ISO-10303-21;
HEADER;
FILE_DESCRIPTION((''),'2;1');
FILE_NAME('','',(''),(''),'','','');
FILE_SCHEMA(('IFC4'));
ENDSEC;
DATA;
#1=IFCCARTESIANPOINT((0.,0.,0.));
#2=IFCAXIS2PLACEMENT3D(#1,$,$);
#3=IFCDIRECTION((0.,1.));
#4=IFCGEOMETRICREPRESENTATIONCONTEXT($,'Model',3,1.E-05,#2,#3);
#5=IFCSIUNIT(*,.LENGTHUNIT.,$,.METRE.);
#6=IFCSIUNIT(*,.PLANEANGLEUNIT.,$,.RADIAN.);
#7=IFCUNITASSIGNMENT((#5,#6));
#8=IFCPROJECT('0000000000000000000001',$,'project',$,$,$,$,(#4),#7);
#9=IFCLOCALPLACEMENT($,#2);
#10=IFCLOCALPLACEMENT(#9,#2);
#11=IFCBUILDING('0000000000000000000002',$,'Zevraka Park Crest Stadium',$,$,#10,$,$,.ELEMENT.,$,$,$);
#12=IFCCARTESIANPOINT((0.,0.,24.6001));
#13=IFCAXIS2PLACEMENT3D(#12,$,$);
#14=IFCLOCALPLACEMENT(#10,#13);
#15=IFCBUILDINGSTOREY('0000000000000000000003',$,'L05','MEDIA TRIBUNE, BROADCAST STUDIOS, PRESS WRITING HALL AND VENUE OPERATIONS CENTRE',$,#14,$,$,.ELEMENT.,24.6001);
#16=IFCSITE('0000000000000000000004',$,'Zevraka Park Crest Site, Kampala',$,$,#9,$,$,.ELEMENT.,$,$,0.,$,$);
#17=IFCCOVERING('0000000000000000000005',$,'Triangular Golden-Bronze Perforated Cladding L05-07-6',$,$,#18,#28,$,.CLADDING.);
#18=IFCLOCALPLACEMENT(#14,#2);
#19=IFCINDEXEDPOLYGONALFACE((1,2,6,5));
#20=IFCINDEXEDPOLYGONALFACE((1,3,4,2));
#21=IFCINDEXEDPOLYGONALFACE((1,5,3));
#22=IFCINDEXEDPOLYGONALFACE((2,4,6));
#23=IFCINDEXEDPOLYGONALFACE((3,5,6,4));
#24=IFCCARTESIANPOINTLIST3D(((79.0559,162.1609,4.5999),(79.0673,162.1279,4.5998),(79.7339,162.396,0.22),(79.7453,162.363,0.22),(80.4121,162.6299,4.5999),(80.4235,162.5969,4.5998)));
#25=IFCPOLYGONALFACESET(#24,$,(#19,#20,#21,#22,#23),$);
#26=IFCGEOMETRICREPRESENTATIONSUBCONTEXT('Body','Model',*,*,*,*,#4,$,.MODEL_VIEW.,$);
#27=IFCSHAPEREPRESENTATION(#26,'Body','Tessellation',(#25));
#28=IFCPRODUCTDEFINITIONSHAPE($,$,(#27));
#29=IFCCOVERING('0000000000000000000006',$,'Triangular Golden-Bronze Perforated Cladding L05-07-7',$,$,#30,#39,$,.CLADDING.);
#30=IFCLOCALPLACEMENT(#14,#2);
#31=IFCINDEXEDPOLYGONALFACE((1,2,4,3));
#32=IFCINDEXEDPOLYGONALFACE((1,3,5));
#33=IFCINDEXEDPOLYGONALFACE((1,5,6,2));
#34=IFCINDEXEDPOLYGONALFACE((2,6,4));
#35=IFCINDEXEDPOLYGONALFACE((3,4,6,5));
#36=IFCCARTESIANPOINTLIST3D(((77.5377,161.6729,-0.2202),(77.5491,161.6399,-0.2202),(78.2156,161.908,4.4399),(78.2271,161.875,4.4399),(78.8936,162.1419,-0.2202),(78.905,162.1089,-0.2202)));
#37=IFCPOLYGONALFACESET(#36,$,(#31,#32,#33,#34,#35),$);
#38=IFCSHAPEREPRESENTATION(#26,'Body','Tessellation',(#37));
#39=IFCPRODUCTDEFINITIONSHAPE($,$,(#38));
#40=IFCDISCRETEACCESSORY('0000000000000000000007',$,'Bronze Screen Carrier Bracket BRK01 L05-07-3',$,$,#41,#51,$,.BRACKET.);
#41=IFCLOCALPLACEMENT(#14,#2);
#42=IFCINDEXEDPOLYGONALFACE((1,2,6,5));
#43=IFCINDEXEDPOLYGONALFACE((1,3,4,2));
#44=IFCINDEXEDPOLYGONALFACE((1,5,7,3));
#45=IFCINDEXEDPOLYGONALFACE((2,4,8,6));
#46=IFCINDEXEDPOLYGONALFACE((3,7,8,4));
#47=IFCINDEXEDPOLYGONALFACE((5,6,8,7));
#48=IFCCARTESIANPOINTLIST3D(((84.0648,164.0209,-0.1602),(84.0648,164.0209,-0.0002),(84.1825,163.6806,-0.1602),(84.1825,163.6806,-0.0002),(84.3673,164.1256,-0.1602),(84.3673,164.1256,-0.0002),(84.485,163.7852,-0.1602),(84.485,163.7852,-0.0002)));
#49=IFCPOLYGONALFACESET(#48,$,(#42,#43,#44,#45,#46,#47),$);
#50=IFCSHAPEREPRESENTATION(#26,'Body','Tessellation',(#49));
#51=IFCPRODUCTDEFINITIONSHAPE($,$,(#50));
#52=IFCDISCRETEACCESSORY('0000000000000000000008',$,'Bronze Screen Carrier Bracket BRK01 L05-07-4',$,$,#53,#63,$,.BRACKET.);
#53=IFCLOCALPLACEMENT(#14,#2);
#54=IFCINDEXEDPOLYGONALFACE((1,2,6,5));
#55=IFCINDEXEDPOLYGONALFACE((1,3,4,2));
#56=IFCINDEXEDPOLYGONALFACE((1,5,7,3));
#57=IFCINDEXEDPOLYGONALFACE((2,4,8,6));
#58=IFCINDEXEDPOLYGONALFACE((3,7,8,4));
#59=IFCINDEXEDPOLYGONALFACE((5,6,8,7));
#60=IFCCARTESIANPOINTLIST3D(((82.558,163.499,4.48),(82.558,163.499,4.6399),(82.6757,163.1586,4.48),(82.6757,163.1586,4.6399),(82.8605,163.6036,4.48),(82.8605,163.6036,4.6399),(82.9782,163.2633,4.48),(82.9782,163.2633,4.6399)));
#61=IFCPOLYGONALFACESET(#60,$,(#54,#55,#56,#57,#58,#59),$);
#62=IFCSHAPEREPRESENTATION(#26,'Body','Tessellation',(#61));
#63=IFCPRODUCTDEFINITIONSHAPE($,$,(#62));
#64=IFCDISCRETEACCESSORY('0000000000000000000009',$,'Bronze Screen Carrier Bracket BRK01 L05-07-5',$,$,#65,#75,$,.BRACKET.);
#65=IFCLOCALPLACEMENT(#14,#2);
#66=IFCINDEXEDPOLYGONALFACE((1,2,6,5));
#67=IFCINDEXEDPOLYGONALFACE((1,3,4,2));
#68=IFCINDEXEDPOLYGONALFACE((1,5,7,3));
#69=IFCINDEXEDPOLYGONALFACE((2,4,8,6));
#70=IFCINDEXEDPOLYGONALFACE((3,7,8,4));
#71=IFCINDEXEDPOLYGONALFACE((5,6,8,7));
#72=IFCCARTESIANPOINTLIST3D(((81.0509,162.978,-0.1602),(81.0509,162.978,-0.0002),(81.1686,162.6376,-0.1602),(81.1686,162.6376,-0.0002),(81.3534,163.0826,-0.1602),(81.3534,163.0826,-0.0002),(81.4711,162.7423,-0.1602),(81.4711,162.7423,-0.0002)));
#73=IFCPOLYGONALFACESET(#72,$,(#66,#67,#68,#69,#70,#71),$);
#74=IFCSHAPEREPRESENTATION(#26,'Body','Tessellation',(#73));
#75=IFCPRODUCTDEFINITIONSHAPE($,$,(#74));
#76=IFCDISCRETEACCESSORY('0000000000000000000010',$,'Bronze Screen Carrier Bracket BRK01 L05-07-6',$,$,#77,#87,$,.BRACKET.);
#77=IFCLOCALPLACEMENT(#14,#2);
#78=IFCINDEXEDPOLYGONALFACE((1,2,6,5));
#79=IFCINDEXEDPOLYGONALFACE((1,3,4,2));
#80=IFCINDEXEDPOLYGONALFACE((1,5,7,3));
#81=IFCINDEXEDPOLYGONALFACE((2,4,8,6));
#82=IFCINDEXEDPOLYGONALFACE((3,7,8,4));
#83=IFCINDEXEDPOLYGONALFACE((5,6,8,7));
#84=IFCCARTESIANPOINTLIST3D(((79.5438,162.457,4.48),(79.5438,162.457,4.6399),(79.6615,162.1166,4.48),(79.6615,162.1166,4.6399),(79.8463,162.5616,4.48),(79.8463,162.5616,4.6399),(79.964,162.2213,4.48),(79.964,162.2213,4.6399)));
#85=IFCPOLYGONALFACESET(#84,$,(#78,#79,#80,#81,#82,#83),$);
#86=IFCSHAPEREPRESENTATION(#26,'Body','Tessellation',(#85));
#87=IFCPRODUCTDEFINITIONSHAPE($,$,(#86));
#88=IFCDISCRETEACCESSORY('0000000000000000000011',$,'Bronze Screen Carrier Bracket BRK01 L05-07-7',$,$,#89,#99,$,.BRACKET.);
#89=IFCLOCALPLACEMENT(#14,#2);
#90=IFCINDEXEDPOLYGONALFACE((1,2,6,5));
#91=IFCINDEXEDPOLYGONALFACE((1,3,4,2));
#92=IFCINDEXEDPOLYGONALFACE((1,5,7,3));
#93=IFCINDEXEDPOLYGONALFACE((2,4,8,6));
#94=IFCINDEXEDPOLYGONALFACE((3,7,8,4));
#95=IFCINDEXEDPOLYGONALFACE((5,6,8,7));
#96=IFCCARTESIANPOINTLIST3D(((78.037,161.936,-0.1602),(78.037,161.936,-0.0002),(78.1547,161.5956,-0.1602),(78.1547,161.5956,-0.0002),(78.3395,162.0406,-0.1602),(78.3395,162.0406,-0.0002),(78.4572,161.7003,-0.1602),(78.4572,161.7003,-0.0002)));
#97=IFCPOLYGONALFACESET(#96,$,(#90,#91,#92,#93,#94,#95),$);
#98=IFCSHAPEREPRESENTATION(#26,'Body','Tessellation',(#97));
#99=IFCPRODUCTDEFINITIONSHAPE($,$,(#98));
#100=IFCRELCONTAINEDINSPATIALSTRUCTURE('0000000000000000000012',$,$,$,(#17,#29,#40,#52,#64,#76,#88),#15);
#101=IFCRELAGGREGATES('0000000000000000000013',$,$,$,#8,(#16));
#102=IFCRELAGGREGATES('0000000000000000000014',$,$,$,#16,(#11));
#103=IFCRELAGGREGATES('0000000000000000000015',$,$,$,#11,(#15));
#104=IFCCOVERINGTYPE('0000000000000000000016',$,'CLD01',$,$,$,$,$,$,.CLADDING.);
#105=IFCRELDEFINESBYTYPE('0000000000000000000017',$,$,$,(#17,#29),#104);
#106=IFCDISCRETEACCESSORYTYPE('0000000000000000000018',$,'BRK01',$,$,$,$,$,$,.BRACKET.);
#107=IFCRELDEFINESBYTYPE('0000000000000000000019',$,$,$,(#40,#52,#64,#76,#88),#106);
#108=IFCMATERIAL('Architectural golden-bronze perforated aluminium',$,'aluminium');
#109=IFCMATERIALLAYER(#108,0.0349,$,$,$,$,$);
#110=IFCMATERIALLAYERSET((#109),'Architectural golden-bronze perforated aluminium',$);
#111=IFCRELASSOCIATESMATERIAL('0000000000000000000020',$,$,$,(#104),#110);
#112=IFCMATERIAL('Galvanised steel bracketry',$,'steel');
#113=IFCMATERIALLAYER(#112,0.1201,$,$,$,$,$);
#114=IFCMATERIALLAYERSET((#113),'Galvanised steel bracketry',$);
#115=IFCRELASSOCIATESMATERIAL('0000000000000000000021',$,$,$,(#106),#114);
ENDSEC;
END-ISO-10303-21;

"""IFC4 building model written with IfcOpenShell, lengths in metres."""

from ifc_helpers import new_model, si_unit, direction, frame, origin, origin_2d, place, context, subcontext, project, spatial, polyline, rectangle, outline, extrude, material, layer, layer_set, type_object, element, save


model = new_model("IFC4")

# Units and contexts
model_context = context("Model", 3, precision=1e-05, world=origin(), true_north=direction((0.0, 1.0)))
body_context = subcontext(model_context, "Body", "Model", "MODEL_VIEW")
ifc_project = project(units=[si_unit("LENGTHUNIT", "METRE"), si_unit("PLANEANGLEUNIT", "RADIAN")], contexts=[model_context])

# Site, building, storey
site_placement = place(None, origin())
site = spatial("IfcSite", under=ifc_project, at=site_placement, Name="Zevraka Park Crest Site, Kampala", CompositionType="ELEMENT", RefElevation=0.0)
building_placement = place(site_placement, origin())
building = spatial("IfcBuilding", under=site, at=building_placement, Name="Zevraka Park Crest Stadium", CompositionType="ELEMENT")
storey_placement = place(building_placement, frame((0.0, 0.0, 24.6001)))
storey = spatial("IfcBuildingStorey", under=building, at=storey_placement, Name="L05", Description="MEDIA TRIBUNE, BROADCAST STUDIOS, PRESS WRITING HALL AND VENUE OPERATIONS CENTRE", CompositionType="ELEMENT", Elevation=24.6001)

# Coverings
ifc_material_1 = material(Name="Architectural golden-bronze perforated aluminium", Category="aluminium")
ifc_layer_1 = layer(ifc_material_1, 0.0349)
ifc_layer_set_1 = layer_set([ifc_layer_1], Name="Architectural golden-bronze perforated aluminium")
covering_type = type_object("IfcCoveringType", Name="CLD01", PredefinedType="CLADDING", material=ifc_layer_set_1)
covering_1_placement = place(storey_placement, frame((79.0559, 162.1609, 4.5999), z_axis=(-0.326824, 0.945085, 0.000141), x_axis=(0.945085, 0.326824, 0.0)))
element("IfcCovering", 1, at=covering_1_placement, inside=storey, type_object=covering_type, Name="Triangular Golden-Bronze Perforated Cladding L05-07-6", PredefinedType="CLADDING", context=body_context, shape_type="SweptSolid", body=[
    extrude(outline(polyline([(0.0, 0.0), (1.435, 0.0), (0.7176, 4.3799), (0.0, 0.0)])), origin(), (0.0, 0.0, -1.0), 0.0349),
])
covering_2_placement = place(storey_placement, frame((78.905, 162.1089, -0.2202), z_axis=(0.326877, -0.945067, 0.000124), x_axis=(-0.945067, -0.326877, 0.0)))
element("IfcCovering", 2, at=covering_2_placement, inside=storey, type_object=covering_type, Name="Triangular Golden-Bronze Perforated Cladding L05-07-7", PredefinedType="CLADDING", context=body_context, shape_type="SweptSolid", body=[
    extrude(outline(polyline([(0.0, 0.0), (1.4348, 0.0), (0.7172, -4.6602), (0.0, 0.0)])), origin(), (0.0, 0.0, -1.0), 0.0349),
])

# Discrete accessories
ifc_material_2 = material(Name="Galvanised steel bracketry", Category="steel")
ifc_layer_2 = layer(ifc_material_2, 0.1201)
ifc_layer_set_2 = layer_set([ifc_layer_2], Name="Galvanised steel bracketry")
discrete_accessory_type = type_object("IfcDiscreteAccessoryType", Name="BRK01", PredefinedType="BRACKET", material=ifc_layer_set_2)
for number, where, z_axis, x_axis, name in (
    (3, (84.2749, 163.9031, -0.1602), (0.0, 0.0, 1.0), (-0.945063, -0.326888, 0.0), "Bronze Screen Carrier Bracket BRK01 L05-07-3"),
    (4, (82.7681, 163.3811, 4.48), (0.0, 0.0, 1.0), (-0.945063, -0.326888, 0.0), "Bronze Screen Carrier Bracket BRK01 L05-07-4"),
    (5, (81.261, 162.8601, -0.1602), (0.0, 0.0, 1.0), (-0.945063, -0.326888, 0.0), "Bronze Screen Carrier Bracket BRK01 L05-07-5"),
    (6, (79.7539, 162.3391, 4.48), (0.0, 0.0, 1.0), (-0.945063, -0.326888, 0.0), "Bronze Screen Carrier Bracket BRK01 L05-07-6"),
    (7, (78.2471, 161.8181, -0.1602), (0.0, 0.0, 1.0), (-0.945063, -0.326888, 0.0), "Bronze Screen Carrier Bracket BRK01 L05-07-7"),
):
    element("IfcDiscreteAccessory", number, at=place(storey_placement, frame(where, z_axis=z_axis, x_axis=x_axis)), inside=storey, type_object=discrete_accessory_type, Name=name, PredefinedType="BRACKET", context=body_context, shape_type="SweptSolid", body=[
        extrude(rectangle(XDim=0.3201, YDim=0.3601, at=origin_2d()), origin(), (0.0, 0.0, 1.0), 0.1599),
    ])

save(model, "model.ifc")
